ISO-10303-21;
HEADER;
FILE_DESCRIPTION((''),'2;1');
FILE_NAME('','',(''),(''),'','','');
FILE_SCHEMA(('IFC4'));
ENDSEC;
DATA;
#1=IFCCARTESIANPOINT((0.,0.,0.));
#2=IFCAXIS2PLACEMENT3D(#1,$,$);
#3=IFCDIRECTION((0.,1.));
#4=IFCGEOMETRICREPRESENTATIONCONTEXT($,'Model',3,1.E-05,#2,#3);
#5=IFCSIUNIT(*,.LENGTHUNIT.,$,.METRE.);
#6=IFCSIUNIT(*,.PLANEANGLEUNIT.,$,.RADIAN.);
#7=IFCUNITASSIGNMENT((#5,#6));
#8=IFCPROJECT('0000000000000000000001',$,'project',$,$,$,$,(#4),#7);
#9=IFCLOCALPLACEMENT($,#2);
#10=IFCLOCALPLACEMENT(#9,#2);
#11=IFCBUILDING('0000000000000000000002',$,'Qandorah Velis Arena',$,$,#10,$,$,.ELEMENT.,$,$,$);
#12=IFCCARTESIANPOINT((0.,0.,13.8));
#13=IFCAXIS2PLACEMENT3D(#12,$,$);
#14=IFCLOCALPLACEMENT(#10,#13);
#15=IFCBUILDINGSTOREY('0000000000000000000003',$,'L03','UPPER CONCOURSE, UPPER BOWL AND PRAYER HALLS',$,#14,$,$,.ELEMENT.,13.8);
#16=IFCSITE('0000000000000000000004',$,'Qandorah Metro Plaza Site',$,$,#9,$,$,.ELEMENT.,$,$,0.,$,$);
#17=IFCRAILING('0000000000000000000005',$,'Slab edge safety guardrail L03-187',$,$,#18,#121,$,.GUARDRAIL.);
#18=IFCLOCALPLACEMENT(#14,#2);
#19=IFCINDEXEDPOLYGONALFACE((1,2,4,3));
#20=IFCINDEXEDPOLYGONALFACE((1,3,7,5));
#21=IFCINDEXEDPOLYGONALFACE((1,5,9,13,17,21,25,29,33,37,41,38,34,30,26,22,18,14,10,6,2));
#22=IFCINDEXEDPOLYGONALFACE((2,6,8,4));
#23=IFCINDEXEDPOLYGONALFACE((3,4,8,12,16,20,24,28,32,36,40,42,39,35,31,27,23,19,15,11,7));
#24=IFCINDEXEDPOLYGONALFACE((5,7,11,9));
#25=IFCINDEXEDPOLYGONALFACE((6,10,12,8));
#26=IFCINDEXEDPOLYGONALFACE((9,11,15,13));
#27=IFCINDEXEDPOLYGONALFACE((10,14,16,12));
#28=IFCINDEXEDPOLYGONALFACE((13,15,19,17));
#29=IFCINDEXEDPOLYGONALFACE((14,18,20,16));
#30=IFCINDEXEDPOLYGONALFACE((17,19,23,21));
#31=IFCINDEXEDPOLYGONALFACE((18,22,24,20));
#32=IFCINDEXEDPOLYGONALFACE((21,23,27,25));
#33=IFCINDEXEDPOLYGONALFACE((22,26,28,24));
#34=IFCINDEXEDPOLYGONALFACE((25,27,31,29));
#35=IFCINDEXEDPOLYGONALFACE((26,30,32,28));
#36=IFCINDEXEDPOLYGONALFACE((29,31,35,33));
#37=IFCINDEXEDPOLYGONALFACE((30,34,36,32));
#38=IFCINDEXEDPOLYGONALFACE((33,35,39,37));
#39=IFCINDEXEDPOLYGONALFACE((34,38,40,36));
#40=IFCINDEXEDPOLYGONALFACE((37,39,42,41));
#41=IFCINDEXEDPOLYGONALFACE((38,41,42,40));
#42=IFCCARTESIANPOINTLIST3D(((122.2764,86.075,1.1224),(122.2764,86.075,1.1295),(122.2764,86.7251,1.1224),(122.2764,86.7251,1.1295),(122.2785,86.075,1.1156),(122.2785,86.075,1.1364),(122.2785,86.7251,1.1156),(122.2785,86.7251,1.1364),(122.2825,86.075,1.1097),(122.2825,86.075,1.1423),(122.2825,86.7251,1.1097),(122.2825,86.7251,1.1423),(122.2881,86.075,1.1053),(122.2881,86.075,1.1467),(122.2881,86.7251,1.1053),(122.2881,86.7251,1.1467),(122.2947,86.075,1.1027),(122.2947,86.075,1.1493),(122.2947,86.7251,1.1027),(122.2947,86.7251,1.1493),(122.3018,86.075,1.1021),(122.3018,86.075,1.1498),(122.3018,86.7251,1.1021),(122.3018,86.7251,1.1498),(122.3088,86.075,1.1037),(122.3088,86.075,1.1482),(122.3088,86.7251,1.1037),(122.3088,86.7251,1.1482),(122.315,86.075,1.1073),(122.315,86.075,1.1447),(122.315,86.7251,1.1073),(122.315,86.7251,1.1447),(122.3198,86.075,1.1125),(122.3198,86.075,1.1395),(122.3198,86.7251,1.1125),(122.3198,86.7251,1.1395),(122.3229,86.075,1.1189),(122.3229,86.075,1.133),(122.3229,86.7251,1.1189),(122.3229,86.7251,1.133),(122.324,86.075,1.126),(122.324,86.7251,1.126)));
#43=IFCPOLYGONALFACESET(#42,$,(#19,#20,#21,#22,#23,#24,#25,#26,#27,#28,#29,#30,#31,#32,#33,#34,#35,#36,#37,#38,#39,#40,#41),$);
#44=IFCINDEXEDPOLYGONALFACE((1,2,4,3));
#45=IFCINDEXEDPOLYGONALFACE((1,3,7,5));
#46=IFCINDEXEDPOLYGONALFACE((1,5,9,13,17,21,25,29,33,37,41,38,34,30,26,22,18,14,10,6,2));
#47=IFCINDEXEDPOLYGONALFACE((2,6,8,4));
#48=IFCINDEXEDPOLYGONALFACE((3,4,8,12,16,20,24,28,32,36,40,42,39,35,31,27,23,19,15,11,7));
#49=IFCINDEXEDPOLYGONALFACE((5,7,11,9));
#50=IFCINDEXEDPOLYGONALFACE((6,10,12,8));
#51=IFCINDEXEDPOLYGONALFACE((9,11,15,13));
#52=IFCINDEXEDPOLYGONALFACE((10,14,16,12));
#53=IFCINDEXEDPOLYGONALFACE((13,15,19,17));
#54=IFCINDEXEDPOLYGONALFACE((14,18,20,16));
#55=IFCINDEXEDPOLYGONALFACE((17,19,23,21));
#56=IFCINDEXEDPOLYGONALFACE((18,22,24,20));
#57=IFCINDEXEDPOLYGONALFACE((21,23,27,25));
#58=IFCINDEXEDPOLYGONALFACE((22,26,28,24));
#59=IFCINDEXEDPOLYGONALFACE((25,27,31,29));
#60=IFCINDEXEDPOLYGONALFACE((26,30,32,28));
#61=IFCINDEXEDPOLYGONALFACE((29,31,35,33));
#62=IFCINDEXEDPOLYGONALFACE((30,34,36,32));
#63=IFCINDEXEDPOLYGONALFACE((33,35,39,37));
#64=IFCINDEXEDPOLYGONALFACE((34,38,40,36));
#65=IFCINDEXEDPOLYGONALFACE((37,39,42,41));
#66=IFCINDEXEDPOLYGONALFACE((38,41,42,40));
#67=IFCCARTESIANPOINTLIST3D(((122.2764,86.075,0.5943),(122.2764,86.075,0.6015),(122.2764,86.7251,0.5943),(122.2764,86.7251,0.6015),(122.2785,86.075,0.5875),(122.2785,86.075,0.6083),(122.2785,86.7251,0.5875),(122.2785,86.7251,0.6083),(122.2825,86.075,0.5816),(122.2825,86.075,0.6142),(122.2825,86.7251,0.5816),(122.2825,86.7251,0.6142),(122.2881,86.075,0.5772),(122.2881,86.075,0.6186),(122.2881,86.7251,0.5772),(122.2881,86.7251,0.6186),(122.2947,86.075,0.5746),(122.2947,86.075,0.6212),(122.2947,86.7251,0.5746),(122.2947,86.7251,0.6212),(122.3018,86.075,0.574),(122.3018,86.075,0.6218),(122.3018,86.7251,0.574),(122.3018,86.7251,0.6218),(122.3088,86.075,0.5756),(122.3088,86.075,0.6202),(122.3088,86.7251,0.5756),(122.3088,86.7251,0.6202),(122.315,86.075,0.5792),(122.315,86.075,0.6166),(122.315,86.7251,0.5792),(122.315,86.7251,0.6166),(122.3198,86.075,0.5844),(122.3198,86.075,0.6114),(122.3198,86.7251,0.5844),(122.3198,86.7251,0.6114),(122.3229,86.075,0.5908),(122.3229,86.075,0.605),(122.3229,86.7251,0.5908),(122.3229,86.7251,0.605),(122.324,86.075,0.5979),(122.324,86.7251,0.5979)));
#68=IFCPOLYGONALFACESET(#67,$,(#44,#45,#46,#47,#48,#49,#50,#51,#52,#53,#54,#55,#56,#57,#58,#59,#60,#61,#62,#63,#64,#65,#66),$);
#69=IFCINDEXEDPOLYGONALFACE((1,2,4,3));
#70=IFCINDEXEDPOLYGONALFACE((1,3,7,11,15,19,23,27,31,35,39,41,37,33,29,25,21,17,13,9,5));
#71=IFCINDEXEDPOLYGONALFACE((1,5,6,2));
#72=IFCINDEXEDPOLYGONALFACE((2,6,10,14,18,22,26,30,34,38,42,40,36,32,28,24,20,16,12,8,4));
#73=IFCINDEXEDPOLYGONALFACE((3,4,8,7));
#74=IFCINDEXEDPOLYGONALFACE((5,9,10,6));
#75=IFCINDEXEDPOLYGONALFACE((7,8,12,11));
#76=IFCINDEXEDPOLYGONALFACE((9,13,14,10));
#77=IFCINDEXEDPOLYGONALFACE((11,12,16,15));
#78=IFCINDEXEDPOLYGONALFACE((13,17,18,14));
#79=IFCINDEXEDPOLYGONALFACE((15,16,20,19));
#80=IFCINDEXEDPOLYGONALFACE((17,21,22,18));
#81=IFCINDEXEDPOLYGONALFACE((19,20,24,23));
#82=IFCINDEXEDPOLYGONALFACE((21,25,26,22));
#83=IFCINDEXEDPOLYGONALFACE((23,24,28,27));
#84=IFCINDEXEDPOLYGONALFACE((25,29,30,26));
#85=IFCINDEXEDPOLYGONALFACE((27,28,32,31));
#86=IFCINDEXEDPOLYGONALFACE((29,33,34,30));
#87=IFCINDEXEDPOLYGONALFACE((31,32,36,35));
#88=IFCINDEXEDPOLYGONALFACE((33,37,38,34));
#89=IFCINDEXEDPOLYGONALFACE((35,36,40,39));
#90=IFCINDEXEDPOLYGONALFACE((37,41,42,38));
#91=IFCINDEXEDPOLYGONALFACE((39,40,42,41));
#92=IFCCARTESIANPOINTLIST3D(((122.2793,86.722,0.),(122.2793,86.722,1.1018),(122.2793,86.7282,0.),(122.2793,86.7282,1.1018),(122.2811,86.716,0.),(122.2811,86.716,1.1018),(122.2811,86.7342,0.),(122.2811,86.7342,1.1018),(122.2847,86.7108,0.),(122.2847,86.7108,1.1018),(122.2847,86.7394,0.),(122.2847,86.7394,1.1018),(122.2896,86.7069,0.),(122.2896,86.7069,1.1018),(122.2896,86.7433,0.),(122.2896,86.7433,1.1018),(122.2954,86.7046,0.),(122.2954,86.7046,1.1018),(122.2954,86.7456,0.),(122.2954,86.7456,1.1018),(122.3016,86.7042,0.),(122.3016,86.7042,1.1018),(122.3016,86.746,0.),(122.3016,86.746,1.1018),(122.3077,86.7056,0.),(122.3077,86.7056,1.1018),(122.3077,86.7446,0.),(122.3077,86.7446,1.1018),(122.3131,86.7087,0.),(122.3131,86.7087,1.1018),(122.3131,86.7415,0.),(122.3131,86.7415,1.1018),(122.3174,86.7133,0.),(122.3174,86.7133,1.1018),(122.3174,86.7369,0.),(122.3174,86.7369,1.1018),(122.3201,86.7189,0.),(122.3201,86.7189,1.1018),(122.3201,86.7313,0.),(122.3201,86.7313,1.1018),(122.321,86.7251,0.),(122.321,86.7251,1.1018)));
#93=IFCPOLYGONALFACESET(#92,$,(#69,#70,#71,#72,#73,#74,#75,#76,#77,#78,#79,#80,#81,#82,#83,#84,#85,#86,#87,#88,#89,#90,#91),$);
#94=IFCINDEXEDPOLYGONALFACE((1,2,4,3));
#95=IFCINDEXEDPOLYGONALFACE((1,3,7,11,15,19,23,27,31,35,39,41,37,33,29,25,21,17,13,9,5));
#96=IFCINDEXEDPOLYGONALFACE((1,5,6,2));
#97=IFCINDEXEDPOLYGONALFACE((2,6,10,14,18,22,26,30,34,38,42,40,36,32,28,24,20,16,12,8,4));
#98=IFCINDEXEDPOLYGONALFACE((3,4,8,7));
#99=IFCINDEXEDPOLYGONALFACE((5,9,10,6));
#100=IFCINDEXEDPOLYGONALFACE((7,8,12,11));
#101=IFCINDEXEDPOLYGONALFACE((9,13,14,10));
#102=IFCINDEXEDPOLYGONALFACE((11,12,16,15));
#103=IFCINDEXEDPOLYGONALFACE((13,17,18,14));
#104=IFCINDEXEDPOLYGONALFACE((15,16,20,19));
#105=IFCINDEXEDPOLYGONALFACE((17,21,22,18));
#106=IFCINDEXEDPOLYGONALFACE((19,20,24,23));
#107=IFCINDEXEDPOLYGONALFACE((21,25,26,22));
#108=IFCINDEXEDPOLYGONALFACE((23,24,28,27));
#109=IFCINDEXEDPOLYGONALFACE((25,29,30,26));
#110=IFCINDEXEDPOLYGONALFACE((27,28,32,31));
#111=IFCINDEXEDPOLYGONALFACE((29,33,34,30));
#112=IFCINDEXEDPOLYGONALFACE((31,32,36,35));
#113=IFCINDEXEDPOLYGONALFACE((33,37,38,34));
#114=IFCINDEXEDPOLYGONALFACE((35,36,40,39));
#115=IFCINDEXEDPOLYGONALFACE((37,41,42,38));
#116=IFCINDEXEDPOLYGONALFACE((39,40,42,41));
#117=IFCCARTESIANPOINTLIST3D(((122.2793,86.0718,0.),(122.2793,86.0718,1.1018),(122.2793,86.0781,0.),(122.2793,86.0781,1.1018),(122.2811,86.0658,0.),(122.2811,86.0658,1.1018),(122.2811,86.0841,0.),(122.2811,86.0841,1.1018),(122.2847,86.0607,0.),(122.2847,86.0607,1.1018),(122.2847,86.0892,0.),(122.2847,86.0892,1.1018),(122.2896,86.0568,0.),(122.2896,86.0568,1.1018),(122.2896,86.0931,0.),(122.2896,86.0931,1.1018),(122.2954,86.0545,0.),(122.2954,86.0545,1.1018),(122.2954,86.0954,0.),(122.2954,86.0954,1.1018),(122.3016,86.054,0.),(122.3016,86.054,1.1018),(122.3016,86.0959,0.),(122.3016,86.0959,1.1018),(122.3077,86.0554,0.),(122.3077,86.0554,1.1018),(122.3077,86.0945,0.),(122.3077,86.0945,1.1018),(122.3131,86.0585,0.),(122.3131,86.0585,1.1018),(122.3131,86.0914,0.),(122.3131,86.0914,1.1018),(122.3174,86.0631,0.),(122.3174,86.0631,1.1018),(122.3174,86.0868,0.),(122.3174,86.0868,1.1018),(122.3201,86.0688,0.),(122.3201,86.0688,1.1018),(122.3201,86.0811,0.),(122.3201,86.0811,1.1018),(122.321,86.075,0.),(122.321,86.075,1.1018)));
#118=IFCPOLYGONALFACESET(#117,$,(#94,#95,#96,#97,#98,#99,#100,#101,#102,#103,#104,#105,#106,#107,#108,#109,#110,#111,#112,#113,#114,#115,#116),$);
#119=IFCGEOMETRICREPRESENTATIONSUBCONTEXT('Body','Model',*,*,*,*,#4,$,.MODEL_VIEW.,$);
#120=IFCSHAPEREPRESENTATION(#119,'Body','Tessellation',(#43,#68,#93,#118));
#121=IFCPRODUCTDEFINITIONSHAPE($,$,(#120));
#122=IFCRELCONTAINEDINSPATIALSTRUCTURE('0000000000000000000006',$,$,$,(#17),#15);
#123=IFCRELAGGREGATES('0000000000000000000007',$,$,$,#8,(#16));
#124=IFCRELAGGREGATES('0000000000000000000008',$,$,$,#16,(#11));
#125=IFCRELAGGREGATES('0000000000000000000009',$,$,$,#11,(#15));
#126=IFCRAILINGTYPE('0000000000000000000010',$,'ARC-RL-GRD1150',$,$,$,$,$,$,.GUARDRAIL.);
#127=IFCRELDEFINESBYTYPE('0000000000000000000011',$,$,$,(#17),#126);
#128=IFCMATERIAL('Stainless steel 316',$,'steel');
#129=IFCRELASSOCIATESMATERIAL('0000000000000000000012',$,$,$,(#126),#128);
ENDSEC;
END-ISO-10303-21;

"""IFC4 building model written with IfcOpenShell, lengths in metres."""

from ifc_helpers import new_model, si_unit, direction, frame, origin, origin_2d, place, context, subcontext, project, spatial, circle, extrude, material, type_object, element, save


model = new_model("IFC4")

# Units and contexts
model_context = context("Model", 3, precision=1e-05, world=origin(), true_north=direction((0.0, 1.0)))
body_context = subcontext(model_context, "Body", "Model", "MODEL_VIEW")
ifc_project = project(units=[si_unit("LENGTHUNIT", "METRE"), si_unit("PLANEANGLEUNIT", "RADIAN")], contexts=[model_context])

# Site, building, storey
site_placement = place(None, origin())
site = spatial("IfcSite", under=ifc_project, at=site_placement, Name="Qandorah Metro Plaza Site", CompositionType="ELEMENT", RefElevation=0.0)
building_placement = place(site_placement, origin())
building = spatial("IfcBuilding", under=site, at=building_placement, Name="Qandorah Velis Arena", CompositionType="ELEMENT")
storey_placement = place(building_placement, frame((0.0, 0.0, 13.8)))
storey = spatial("IfcBuildingStorey", under=building, at=storey_placement, Name="L03", Description="UPPER CONCOURSE, UPPER BOWL AND PRAYER HALLS", CompositionType="ELEMENT", Elevation=13.8)

# Railing
ifc_material_1 = material(Name="Stainless steel 316", Category="steel")
railing_type = type_object("IfcRailingType", Name="ARC-RL-GRD1150", PredefinedType="GUARDRAIL", material=ifc_material_1)
railing_placement = place(storey_placement, frame((122.3, 86.7251, 0.0)))
element("IfcRailing", 1, at=railing_placement, inside=storey, type_object=railing_type, Name="Slab edge safety guardrail L03-187", PredefinedType="GUARDRAIL", context=body_context, shape_type="SweptSolid", body=[
    extrude(circle(Radius=0.0239, at=origin_2d()), frame((0.0, 0.0, 1.126), z_axis=(0.0, -1.0, 0.0), x_axis=(1.0, 0.0, 0.0)), (0.0, 0.0, 1.0), 0.6501),
    extrude(circle(Radius=0.0239, at=origin_2d()), frame((0.0, 0.0, 0.5979), z_axis=(0.0, -1.0, 0.0), x_axis=(1.0, 0.0, 0.0)), (0.0, 0.0, 1.0), 0.6501),
    extrude(circle(Radius=0.021, at=origin_2d()), origin(), (0.0, 0.0, 1.0), 1.1018),
    extrude(circle(Radius=0.021, at=origin_2d()), frame((0.0, -0.6501, 0.0)), (0.0, 0.0, 1.0), 1.1018),
])

save(model, "model.ifc")
